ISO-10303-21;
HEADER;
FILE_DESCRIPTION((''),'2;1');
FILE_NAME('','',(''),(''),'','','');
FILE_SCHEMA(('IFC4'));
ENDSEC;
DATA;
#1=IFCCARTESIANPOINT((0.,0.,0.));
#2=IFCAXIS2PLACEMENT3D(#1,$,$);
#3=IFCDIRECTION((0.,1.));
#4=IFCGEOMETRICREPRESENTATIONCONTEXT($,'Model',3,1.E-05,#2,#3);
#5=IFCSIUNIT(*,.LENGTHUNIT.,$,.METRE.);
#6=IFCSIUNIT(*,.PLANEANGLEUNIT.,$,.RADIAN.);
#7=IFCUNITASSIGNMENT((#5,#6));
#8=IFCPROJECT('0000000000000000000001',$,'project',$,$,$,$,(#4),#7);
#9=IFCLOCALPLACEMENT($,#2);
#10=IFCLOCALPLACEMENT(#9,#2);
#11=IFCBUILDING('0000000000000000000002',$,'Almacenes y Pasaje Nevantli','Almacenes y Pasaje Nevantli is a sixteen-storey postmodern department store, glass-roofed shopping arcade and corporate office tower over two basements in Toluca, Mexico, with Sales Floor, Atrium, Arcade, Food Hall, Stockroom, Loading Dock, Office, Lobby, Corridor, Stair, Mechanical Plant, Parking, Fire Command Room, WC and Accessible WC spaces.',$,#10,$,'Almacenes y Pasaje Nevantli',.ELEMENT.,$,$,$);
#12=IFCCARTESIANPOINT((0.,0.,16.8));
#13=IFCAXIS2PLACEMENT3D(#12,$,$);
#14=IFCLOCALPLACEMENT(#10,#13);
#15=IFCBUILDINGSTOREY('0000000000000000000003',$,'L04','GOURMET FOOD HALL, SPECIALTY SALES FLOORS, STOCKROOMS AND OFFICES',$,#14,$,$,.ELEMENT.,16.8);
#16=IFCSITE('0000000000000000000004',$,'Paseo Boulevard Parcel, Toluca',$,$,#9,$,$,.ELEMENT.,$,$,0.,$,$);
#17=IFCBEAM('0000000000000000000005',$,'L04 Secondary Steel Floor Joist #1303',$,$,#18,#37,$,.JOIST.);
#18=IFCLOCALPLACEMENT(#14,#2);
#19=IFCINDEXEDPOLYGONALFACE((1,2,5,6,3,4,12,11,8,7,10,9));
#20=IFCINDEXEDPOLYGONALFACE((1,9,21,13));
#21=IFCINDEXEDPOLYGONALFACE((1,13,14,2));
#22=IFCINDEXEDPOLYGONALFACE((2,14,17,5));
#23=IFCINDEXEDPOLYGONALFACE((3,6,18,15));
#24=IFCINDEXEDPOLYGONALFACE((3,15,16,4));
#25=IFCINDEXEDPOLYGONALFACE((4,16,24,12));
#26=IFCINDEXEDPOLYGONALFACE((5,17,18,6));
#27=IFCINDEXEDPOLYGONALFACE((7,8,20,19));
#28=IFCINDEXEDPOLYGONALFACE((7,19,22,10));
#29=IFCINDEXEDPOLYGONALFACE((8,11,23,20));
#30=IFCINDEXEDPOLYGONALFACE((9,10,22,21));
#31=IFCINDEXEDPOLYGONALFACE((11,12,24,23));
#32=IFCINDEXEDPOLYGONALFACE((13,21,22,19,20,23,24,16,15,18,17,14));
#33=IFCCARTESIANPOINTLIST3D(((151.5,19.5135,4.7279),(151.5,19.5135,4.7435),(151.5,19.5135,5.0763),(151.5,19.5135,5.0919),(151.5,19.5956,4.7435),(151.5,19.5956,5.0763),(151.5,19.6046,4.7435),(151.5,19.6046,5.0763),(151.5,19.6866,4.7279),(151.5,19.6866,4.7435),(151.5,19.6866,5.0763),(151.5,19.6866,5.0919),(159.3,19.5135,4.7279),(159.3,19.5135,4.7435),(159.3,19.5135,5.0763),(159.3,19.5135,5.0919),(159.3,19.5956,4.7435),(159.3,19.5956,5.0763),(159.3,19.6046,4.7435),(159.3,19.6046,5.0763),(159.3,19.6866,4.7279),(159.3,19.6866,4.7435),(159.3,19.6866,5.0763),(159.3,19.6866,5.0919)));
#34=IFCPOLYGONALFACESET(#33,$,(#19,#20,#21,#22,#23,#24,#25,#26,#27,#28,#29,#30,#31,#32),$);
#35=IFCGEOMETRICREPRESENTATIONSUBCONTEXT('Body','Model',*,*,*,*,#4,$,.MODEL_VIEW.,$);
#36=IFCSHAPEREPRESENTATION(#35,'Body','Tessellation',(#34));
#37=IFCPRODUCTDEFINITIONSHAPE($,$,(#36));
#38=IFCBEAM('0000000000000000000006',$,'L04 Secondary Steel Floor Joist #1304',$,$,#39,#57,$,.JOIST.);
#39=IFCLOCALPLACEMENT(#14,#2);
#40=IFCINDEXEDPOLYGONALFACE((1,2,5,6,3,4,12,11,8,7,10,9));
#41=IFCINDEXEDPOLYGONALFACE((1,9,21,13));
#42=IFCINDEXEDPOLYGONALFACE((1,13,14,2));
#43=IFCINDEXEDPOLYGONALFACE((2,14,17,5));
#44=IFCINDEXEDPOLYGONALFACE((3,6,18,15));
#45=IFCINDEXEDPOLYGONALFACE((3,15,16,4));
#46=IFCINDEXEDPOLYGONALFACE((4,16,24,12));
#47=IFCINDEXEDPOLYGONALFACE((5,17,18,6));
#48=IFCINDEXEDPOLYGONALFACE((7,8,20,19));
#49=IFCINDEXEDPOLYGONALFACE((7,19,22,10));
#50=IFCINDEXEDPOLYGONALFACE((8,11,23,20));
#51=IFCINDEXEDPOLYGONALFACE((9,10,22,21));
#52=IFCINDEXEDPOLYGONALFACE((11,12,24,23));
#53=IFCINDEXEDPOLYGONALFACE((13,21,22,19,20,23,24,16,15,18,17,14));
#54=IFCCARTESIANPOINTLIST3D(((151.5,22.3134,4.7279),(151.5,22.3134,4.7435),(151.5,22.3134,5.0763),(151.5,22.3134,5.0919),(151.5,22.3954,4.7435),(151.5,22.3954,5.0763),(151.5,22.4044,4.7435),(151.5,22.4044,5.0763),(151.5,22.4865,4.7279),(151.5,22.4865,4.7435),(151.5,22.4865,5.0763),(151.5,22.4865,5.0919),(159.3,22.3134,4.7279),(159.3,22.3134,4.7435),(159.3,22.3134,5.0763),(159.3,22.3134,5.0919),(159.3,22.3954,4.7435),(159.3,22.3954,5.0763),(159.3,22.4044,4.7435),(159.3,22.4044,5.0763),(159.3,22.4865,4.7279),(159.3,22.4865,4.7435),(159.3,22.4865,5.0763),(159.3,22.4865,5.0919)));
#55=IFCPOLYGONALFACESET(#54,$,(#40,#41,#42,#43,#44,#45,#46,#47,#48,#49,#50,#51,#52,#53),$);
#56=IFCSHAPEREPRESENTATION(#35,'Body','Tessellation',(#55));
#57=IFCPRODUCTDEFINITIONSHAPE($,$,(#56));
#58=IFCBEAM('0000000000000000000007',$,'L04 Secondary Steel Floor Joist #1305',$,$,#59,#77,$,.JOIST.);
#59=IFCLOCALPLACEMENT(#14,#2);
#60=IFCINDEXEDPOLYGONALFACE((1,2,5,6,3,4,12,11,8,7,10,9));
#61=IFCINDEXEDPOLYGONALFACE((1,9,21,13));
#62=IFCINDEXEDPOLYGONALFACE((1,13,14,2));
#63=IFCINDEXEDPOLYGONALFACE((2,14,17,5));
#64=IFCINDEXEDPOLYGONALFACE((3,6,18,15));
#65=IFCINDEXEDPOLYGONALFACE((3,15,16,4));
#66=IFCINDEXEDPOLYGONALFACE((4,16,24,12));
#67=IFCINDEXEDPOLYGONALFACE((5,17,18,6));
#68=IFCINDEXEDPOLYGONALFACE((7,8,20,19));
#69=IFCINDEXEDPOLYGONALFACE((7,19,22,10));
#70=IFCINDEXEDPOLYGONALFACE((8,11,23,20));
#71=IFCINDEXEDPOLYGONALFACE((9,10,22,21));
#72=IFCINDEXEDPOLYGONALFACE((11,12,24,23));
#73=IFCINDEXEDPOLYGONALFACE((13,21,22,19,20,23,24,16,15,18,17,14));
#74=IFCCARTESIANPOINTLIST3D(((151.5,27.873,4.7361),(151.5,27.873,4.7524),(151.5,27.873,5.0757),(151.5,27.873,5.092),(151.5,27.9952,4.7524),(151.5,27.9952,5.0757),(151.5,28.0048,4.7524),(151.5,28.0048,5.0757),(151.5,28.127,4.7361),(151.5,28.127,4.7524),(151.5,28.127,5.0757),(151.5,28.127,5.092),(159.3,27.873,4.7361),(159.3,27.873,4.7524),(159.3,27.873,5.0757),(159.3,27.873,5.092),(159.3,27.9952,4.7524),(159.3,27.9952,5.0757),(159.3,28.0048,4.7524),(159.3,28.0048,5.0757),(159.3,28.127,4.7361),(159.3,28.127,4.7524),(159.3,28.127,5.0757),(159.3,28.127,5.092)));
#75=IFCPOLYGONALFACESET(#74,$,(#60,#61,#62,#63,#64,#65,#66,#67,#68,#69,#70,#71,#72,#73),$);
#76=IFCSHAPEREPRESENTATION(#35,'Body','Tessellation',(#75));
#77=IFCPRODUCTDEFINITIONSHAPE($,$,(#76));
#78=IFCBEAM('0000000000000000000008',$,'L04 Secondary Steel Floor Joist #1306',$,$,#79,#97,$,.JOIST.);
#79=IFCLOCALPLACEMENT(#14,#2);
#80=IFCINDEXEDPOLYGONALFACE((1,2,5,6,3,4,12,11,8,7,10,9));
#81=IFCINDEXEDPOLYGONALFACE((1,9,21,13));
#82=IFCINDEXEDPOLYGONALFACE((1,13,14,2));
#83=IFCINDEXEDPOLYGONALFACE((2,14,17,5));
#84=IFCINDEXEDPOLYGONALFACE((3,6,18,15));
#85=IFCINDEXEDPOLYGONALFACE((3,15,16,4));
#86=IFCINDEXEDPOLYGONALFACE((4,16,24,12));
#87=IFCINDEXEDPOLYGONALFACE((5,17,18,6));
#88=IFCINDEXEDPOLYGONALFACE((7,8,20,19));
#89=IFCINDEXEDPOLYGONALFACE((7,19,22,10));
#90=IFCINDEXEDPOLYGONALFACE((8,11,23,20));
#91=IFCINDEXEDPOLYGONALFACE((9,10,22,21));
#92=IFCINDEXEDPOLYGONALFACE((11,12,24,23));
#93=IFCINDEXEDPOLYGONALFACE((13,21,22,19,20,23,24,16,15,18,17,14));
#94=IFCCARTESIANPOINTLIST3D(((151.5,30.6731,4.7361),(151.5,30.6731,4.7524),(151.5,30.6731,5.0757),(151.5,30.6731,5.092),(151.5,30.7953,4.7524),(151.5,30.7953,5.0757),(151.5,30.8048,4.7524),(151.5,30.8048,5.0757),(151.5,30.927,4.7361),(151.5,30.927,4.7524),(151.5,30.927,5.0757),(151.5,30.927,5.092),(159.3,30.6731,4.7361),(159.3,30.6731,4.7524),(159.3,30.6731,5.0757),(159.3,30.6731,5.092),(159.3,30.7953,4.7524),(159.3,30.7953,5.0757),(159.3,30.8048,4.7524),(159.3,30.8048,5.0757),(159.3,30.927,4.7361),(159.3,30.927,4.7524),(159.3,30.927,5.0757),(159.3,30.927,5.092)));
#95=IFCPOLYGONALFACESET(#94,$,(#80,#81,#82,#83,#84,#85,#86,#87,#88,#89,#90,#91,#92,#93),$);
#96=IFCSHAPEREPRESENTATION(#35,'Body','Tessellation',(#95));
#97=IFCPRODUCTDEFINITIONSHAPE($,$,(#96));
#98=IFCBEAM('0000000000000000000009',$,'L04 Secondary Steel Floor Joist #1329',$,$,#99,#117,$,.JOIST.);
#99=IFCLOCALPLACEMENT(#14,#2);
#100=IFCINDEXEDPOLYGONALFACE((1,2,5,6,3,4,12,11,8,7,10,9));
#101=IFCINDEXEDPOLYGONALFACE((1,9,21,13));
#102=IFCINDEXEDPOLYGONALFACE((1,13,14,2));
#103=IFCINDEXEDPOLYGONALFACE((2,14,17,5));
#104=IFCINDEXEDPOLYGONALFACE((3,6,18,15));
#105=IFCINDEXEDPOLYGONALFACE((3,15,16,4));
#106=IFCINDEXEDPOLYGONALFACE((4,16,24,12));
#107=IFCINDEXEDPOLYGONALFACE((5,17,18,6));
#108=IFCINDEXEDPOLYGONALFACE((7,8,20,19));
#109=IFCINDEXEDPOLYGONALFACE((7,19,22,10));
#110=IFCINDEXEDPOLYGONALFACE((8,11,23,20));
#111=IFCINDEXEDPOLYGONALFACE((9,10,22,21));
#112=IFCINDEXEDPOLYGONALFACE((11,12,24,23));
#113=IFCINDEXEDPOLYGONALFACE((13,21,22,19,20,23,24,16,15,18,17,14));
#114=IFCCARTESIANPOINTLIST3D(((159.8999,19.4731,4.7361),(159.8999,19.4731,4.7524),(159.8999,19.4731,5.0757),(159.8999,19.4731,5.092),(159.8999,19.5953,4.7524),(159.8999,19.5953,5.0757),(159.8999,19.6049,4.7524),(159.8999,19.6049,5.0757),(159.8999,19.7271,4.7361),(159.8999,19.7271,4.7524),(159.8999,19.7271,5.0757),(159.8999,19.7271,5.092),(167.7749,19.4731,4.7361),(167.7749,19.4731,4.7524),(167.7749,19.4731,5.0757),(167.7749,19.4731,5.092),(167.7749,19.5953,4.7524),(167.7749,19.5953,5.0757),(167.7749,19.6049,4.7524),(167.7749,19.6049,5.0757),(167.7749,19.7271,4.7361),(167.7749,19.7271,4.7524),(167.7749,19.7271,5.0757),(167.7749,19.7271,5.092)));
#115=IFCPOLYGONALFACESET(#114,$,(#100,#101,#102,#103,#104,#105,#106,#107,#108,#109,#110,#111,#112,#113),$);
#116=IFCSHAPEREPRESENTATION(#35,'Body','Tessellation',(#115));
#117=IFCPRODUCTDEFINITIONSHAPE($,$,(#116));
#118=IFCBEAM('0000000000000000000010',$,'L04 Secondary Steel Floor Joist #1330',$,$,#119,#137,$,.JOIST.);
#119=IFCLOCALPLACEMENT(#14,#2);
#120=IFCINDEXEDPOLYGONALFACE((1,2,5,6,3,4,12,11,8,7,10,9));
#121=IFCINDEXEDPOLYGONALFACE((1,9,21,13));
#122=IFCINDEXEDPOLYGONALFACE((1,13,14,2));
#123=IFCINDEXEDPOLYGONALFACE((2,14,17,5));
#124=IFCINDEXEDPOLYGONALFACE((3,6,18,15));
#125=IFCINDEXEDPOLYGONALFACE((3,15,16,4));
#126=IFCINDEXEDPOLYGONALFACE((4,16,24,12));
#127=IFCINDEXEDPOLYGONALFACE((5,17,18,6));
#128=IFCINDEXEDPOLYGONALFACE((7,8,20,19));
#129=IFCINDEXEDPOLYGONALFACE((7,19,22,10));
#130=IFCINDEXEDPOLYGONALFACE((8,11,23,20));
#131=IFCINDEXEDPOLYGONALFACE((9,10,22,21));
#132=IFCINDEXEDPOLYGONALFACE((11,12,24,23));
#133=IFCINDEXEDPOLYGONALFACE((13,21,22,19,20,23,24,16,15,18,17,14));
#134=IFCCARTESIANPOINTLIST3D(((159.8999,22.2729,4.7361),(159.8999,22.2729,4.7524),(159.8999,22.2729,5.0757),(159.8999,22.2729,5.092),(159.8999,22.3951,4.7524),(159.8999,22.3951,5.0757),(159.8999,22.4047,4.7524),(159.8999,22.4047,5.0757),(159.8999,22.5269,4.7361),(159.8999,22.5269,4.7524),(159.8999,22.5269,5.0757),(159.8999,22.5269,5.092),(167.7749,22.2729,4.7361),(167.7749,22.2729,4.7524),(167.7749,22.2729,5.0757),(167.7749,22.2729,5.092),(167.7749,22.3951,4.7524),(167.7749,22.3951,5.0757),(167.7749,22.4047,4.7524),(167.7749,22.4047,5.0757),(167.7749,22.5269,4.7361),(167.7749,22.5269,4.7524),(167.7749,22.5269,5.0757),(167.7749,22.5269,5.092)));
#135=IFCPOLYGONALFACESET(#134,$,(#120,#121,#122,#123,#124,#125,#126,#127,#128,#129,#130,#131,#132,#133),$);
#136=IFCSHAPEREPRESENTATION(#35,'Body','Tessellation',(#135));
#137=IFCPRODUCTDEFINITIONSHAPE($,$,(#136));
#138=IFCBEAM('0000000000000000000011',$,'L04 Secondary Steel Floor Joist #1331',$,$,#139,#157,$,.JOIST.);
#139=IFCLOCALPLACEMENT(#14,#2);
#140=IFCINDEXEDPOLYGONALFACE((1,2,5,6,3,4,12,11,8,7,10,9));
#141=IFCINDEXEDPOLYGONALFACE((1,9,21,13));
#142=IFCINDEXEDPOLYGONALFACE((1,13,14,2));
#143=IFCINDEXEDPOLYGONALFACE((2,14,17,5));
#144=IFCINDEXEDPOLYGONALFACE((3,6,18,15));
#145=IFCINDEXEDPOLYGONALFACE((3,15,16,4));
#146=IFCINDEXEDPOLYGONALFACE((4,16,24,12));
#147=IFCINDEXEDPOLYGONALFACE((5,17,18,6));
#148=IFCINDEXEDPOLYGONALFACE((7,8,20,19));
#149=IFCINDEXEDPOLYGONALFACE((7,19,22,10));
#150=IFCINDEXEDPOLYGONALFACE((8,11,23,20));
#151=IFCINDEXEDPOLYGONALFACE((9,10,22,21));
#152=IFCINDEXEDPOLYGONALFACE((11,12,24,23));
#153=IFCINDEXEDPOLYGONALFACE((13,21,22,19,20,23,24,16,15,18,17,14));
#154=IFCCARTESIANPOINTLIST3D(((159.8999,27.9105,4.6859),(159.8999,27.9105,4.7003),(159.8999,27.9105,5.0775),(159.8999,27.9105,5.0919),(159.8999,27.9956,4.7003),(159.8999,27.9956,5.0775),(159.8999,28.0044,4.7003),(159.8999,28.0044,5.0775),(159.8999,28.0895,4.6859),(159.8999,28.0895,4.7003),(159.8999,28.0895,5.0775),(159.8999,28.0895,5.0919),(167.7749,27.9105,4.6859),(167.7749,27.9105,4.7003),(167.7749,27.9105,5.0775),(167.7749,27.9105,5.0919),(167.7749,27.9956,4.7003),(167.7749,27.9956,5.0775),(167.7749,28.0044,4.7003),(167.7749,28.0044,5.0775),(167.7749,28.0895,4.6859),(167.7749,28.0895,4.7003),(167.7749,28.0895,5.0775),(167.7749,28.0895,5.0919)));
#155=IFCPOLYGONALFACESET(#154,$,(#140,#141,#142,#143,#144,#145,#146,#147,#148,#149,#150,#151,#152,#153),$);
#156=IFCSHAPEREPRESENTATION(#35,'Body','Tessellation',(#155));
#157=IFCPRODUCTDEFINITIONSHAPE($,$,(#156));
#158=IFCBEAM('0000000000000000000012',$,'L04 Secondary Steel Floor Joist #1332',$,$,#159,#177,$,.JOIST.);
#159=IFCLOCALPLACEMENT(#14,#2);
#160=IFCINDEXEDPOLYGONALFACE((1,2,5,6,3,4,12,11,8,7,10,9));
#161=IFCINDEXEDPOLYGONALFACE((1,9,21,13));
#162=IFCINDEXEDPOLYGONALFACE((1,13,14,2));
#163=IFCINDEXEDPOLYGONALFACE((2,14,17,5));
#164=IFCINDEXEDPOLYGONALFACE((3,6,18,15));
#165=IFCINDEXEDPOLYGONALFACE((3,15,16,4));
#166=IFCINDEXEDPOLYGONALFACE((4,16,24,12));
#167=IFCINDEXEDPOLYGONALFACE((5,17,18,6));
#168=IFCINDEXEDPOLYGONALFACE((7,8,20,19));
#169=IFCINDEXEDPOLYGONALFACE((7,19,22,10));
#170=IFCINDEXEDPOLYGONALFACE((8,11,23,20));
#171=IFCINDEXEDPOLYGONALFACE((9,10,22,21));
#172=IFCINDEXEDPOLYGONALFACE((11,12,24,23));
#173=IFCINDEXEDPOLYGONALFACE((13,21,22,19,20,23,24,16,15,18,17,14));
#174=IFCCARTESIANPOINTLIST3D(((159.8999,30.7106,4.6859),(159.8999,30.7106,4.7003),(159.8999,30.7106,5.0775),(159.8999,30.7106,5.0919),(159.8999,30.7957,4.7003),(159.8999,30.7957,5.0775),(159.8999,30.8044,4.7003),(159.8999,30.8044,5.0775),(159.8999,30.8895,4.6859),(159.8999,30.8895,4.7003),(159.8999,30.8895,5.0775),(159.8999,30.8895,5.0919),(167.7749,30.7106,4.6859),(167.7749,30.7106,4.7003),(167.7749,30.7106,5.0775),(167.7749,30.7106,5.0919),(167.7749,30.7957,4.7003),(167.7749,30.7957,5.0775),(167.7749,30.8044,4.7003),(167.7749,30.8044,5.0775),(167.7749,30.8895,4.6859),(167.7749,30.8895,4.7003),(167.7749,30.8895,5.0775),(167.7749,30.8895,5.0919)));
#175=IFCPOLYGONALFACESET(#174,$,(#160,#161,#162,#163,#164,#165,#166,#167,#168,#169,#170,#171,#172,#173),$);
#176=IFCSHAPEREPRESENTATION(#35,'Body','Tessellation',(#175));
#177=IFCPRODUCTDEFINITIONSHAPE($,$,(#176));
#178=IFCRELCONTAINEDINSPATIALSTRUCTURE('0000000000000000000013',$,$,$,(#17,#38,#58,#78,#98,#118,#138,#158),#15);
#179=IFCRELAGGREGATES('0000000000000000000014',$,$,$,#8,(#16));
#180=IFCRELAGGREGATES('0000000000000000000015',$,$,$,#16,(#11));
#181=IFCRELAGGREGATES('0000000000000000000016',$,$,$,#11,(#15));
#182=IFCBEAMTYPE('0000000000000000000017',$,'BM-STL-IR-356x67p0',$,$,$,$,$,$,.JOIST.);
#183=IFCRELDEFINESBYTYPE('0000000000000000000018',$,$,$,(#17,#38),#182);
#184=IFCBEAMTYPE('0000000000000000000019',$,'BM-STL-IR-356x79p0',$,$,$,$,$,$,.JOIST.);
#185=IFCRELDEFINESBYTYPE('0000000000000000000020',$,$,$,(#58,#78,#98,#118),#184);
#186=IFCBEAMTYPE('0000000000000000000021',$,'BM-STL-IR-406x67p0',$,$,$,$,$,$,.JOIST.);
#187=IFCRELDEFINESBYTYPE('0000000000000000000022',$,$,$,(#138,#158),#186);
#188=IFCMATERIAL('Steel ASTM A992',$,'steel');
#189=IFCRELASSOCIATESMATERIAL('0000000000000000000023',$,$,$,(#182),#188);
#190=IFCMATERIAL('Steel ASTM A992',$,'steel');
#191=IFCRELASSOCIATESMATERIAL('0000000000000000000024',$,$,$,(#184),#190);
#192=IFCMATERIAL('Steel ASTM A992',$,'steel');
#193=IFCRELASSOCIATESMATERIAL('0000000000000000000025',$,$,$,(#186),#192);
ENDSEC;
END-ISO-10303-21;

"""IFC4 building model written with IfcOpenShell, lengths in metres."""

from ifc_helpers import new_model, si_unit, direction, frame, origin, origin_2d, place, context, subcontext, project, spatial, i_section, extrude, material, material_profile, profile_set, type_object, element, save


model = new_model("IFC4")

# Units and contexts
model_context = context("Model", 3, precision=1e-05, world=origin(), true_north=direction((0.0, 1.0)))
body_context = subcontext(model_context, "Body", "Model", "MODEL_VIEW")
ifc_project = project(units=[si_unit("LENGTHUNIT", "METRE"), si_unit("PLANEANGLEUNIT", "RADIAN")], contexts=[model_context])

# Site, building, storey
site_placement = place(None, origin())
site = spatial("IfcSite", under=ifc_project, at=site_placement, Name="Paseo Boulevard Parcel, Toluca", CompositionType="ELEMENT", RefElevation=0.0)
building_placement = place(site_placement, origin())
building = spatial("IfcBuilding", under=site, at=building_placement, Name="Almacenes y Pasaje Nevantli", Description="Almacenes y Pasaje Nevantli is a sixteen-storey postmodern department store, glass-roofed shopping arcade and corporate office tower over two basements in Toluca, Mexico, with Sales Floor, Atrium, Arcade, Food Hall, Stockroom, Loading Dock, Office, Lobby, Corridor, Stair, Mechanical Plant, Parking, Fire Command Room, WC and Accessible WC spaces.", LongName="Almacenes y Pasaje Nevantli", CompositionType="ELEMENT")
storey_placement = place(building_placement, frame((0.0, 0.0, 16.8)))
storey = spatial("IfcBuildingStorey", under=building, at=storey_placement, Name="L04", Description="GOURMET FOOD HALL, SPECIALTY SALES FLOORS, STOCKROOMS AND OFFICES", CompositionType="ELEMENT", Elevation=16.8)

# Beams
ifc_material_1 = material(Name="Steel ASTM A992", Category="steel")
ifc_material_profile_1 = material_profile(ifc_material_1, i_section(OverallWidth=0.1731, OverallDepth=0.364, WebThickness=0.009, FlangeThickness=0.0156, at=origin_2d()), Name="IR 356x67.0")
ifc_profile_set_1 = profile_set([ifc_material_profile_1], Name="Steel ASTM A992")
beam_type_1 = type_object("IfcBeamType", Name="BM-STL-IR-356x67p0", PredefinedType="JOIST", material=ifc_profile_set_1)
for number, where, z_axis, x_axis, name in (
    (1, (151.5, 19.6001, 4.9099), (1.0, 0.0, 0.0), (0.0, 1.0, 0.0), "L04 Secondary Steel Floor Joist #1303"),
    (2, (151.5, 22.3999, 4.9099), (1.0, 0.0, 0.0), (0.0, 1.0, 0.0), "L04 Secondary Steel Floor Joist #1304"),
):
    element("IfcBeam", number, at=place(storey_placement, frame(where, z_axis=z_axis, x_axis=x_axis)), inside=storey, type_object=beam_type_1, Name=name, PredefinedType="JOIST", context=body_context, shape_type="SweptSolid", body=[
        extrude(i_section(OverallWidth=0.1731, OverallDepth=0.364, WebThickness=0.009, FlangeThickness=0.0156, at=origin_2d()), origin(), (0.0, 0.0, 1.0), 7.8),
    ])
ifc_material_2 = material(Name="Steel ASTM A992", Category="steel")
ifc_material_profile_2 = material_profile(ifc_material_2, i_section(OverallWidth=0.2539, OverallDepth=0.356, WebThickness=0.0095, FlangeThickness=0.0164, at=origin_2d()), Name="IR 356x79.0")
ifc_profile_set_2 = profile_set([ifc_material_profile_2], Name="Steel ASTM A992")
beam_type_2 = type_object("IfcBeamType", Name="BM-STL-IR-356x79p0", PredefinedType="JOIST", material=ifc_profile_set_2)
for number, where, z_axis, x_axis, name in (
    (3, (151.5, 28.0, 4.9141), (1.0, 0.0, 0.0), (0.0, 1.0, 0.0), "L04 Secondary Steel Floor Joist #1305"),
    (4, (151.5, 30.8, 4.9141), (1.0, 0.0, 0.0), (0.0, 1.0, 0.0), "L04 Secondary Steel Floor Joist #1306"),
):
    element("IfcBeam", number, at=place(storey_placement, frame(where, z_axis=z_axis, x_axis=x_axis)), inside=storey, type_object=beam_type_2, Name=name, PredefinedType="JOIST", context=body_context, shape_type="SweptSolid", body=[
        extrude(i_section(OverallWidth=0.2539, OverallDepth=0.356, WebThickness=0.0095, FlangeThickness=0.0164, at=origin_2d()), origin(), (0.0, 0.0, 1.0), 7.8),
    ])
for number, where, z_axis, x_axis, name in (
    (5, (159.8999, 19.6001, 4.9141), (1.0, 0.0, 0.0), (0.0, 1.0, 0.0), "L04 Secondary Steel Floor Joist #1329"),
    (6, (159.8999, 22.3999, 4.9141), (1.0, 0.0, 0.0), (0.0, 1.0, 0.0), "L04 Secondary Steel Floor Joist #1330"),
):
    element("IfcBeam", number, at=place(storey_placement, frame(where, z_axis=z_axis, x_axis=x_axis)), inside=storey, type_object=beam_type_2, Name=name, PredefinedType="JOIST", context=body_context, shape_type="SweptSolid", body=[
        extrude(i_section(OverallWidth=0.2539, OverallDepth=0.356, WebThickness=0.0095, FlangeThickness=0.0164, at=origin_2d()), origin(), (0.0, 0.0, 1.0), 7.875),
    ])
ifc_material_3 = material(Name="Steel ASTM A992", Category="steel")
ifc_material_profile_3 = material_profile(ifc_material_3, i_section(OverallWidth=0.179, OverallDepth=0.406, WebThickness=0.0088, FlangeThickness=0.0144, at=origin_2d()), Name="IR 406x67.0")
ifc_profile_set_3 = profile_set([ifc_material_profile_3], Name="Steel ASTM A992")
beam_type_3 = type_object("IfcBeamType", Name="BM-STL-IR-406x67p0", PredefinedType="JOIST", material=ifc_profile_set_3)
for number, where, z_axis, x_axis, name in (
    (7, (159.8999, 28.0, 4.8889), (1.0, 0.0, 0.0), (0.0, 1.0, 0.0), "L04 Secondary Steel Floor Joist #1331"),
    (8, (159.8999, 30.8, 4.8889), (1.0, 0.0, 0.0), (0.0, 1.0, 0.0), "L04 Secondary Steel Floor Joist #1332"),
):
    element("IfcBeam", number, at=place(storey_placement, frame(where, z_axis=z_axis, x_axis=x_axis)), inside=storey, type_object=beam_type_3, Name=name, PredefinedType="JOIST", context=body_context, shape_type="SweptSolid", body=[
        extrude(i_section(OverallWidth=0.179, OverallDepth=0.406, WebThickness=0.0088, FlangeThickness=0.0144, at=origin_2d()), origin(), (0.0, 0.0, 1.0), 7.875),
    ])

save(model, "model.ifc")
